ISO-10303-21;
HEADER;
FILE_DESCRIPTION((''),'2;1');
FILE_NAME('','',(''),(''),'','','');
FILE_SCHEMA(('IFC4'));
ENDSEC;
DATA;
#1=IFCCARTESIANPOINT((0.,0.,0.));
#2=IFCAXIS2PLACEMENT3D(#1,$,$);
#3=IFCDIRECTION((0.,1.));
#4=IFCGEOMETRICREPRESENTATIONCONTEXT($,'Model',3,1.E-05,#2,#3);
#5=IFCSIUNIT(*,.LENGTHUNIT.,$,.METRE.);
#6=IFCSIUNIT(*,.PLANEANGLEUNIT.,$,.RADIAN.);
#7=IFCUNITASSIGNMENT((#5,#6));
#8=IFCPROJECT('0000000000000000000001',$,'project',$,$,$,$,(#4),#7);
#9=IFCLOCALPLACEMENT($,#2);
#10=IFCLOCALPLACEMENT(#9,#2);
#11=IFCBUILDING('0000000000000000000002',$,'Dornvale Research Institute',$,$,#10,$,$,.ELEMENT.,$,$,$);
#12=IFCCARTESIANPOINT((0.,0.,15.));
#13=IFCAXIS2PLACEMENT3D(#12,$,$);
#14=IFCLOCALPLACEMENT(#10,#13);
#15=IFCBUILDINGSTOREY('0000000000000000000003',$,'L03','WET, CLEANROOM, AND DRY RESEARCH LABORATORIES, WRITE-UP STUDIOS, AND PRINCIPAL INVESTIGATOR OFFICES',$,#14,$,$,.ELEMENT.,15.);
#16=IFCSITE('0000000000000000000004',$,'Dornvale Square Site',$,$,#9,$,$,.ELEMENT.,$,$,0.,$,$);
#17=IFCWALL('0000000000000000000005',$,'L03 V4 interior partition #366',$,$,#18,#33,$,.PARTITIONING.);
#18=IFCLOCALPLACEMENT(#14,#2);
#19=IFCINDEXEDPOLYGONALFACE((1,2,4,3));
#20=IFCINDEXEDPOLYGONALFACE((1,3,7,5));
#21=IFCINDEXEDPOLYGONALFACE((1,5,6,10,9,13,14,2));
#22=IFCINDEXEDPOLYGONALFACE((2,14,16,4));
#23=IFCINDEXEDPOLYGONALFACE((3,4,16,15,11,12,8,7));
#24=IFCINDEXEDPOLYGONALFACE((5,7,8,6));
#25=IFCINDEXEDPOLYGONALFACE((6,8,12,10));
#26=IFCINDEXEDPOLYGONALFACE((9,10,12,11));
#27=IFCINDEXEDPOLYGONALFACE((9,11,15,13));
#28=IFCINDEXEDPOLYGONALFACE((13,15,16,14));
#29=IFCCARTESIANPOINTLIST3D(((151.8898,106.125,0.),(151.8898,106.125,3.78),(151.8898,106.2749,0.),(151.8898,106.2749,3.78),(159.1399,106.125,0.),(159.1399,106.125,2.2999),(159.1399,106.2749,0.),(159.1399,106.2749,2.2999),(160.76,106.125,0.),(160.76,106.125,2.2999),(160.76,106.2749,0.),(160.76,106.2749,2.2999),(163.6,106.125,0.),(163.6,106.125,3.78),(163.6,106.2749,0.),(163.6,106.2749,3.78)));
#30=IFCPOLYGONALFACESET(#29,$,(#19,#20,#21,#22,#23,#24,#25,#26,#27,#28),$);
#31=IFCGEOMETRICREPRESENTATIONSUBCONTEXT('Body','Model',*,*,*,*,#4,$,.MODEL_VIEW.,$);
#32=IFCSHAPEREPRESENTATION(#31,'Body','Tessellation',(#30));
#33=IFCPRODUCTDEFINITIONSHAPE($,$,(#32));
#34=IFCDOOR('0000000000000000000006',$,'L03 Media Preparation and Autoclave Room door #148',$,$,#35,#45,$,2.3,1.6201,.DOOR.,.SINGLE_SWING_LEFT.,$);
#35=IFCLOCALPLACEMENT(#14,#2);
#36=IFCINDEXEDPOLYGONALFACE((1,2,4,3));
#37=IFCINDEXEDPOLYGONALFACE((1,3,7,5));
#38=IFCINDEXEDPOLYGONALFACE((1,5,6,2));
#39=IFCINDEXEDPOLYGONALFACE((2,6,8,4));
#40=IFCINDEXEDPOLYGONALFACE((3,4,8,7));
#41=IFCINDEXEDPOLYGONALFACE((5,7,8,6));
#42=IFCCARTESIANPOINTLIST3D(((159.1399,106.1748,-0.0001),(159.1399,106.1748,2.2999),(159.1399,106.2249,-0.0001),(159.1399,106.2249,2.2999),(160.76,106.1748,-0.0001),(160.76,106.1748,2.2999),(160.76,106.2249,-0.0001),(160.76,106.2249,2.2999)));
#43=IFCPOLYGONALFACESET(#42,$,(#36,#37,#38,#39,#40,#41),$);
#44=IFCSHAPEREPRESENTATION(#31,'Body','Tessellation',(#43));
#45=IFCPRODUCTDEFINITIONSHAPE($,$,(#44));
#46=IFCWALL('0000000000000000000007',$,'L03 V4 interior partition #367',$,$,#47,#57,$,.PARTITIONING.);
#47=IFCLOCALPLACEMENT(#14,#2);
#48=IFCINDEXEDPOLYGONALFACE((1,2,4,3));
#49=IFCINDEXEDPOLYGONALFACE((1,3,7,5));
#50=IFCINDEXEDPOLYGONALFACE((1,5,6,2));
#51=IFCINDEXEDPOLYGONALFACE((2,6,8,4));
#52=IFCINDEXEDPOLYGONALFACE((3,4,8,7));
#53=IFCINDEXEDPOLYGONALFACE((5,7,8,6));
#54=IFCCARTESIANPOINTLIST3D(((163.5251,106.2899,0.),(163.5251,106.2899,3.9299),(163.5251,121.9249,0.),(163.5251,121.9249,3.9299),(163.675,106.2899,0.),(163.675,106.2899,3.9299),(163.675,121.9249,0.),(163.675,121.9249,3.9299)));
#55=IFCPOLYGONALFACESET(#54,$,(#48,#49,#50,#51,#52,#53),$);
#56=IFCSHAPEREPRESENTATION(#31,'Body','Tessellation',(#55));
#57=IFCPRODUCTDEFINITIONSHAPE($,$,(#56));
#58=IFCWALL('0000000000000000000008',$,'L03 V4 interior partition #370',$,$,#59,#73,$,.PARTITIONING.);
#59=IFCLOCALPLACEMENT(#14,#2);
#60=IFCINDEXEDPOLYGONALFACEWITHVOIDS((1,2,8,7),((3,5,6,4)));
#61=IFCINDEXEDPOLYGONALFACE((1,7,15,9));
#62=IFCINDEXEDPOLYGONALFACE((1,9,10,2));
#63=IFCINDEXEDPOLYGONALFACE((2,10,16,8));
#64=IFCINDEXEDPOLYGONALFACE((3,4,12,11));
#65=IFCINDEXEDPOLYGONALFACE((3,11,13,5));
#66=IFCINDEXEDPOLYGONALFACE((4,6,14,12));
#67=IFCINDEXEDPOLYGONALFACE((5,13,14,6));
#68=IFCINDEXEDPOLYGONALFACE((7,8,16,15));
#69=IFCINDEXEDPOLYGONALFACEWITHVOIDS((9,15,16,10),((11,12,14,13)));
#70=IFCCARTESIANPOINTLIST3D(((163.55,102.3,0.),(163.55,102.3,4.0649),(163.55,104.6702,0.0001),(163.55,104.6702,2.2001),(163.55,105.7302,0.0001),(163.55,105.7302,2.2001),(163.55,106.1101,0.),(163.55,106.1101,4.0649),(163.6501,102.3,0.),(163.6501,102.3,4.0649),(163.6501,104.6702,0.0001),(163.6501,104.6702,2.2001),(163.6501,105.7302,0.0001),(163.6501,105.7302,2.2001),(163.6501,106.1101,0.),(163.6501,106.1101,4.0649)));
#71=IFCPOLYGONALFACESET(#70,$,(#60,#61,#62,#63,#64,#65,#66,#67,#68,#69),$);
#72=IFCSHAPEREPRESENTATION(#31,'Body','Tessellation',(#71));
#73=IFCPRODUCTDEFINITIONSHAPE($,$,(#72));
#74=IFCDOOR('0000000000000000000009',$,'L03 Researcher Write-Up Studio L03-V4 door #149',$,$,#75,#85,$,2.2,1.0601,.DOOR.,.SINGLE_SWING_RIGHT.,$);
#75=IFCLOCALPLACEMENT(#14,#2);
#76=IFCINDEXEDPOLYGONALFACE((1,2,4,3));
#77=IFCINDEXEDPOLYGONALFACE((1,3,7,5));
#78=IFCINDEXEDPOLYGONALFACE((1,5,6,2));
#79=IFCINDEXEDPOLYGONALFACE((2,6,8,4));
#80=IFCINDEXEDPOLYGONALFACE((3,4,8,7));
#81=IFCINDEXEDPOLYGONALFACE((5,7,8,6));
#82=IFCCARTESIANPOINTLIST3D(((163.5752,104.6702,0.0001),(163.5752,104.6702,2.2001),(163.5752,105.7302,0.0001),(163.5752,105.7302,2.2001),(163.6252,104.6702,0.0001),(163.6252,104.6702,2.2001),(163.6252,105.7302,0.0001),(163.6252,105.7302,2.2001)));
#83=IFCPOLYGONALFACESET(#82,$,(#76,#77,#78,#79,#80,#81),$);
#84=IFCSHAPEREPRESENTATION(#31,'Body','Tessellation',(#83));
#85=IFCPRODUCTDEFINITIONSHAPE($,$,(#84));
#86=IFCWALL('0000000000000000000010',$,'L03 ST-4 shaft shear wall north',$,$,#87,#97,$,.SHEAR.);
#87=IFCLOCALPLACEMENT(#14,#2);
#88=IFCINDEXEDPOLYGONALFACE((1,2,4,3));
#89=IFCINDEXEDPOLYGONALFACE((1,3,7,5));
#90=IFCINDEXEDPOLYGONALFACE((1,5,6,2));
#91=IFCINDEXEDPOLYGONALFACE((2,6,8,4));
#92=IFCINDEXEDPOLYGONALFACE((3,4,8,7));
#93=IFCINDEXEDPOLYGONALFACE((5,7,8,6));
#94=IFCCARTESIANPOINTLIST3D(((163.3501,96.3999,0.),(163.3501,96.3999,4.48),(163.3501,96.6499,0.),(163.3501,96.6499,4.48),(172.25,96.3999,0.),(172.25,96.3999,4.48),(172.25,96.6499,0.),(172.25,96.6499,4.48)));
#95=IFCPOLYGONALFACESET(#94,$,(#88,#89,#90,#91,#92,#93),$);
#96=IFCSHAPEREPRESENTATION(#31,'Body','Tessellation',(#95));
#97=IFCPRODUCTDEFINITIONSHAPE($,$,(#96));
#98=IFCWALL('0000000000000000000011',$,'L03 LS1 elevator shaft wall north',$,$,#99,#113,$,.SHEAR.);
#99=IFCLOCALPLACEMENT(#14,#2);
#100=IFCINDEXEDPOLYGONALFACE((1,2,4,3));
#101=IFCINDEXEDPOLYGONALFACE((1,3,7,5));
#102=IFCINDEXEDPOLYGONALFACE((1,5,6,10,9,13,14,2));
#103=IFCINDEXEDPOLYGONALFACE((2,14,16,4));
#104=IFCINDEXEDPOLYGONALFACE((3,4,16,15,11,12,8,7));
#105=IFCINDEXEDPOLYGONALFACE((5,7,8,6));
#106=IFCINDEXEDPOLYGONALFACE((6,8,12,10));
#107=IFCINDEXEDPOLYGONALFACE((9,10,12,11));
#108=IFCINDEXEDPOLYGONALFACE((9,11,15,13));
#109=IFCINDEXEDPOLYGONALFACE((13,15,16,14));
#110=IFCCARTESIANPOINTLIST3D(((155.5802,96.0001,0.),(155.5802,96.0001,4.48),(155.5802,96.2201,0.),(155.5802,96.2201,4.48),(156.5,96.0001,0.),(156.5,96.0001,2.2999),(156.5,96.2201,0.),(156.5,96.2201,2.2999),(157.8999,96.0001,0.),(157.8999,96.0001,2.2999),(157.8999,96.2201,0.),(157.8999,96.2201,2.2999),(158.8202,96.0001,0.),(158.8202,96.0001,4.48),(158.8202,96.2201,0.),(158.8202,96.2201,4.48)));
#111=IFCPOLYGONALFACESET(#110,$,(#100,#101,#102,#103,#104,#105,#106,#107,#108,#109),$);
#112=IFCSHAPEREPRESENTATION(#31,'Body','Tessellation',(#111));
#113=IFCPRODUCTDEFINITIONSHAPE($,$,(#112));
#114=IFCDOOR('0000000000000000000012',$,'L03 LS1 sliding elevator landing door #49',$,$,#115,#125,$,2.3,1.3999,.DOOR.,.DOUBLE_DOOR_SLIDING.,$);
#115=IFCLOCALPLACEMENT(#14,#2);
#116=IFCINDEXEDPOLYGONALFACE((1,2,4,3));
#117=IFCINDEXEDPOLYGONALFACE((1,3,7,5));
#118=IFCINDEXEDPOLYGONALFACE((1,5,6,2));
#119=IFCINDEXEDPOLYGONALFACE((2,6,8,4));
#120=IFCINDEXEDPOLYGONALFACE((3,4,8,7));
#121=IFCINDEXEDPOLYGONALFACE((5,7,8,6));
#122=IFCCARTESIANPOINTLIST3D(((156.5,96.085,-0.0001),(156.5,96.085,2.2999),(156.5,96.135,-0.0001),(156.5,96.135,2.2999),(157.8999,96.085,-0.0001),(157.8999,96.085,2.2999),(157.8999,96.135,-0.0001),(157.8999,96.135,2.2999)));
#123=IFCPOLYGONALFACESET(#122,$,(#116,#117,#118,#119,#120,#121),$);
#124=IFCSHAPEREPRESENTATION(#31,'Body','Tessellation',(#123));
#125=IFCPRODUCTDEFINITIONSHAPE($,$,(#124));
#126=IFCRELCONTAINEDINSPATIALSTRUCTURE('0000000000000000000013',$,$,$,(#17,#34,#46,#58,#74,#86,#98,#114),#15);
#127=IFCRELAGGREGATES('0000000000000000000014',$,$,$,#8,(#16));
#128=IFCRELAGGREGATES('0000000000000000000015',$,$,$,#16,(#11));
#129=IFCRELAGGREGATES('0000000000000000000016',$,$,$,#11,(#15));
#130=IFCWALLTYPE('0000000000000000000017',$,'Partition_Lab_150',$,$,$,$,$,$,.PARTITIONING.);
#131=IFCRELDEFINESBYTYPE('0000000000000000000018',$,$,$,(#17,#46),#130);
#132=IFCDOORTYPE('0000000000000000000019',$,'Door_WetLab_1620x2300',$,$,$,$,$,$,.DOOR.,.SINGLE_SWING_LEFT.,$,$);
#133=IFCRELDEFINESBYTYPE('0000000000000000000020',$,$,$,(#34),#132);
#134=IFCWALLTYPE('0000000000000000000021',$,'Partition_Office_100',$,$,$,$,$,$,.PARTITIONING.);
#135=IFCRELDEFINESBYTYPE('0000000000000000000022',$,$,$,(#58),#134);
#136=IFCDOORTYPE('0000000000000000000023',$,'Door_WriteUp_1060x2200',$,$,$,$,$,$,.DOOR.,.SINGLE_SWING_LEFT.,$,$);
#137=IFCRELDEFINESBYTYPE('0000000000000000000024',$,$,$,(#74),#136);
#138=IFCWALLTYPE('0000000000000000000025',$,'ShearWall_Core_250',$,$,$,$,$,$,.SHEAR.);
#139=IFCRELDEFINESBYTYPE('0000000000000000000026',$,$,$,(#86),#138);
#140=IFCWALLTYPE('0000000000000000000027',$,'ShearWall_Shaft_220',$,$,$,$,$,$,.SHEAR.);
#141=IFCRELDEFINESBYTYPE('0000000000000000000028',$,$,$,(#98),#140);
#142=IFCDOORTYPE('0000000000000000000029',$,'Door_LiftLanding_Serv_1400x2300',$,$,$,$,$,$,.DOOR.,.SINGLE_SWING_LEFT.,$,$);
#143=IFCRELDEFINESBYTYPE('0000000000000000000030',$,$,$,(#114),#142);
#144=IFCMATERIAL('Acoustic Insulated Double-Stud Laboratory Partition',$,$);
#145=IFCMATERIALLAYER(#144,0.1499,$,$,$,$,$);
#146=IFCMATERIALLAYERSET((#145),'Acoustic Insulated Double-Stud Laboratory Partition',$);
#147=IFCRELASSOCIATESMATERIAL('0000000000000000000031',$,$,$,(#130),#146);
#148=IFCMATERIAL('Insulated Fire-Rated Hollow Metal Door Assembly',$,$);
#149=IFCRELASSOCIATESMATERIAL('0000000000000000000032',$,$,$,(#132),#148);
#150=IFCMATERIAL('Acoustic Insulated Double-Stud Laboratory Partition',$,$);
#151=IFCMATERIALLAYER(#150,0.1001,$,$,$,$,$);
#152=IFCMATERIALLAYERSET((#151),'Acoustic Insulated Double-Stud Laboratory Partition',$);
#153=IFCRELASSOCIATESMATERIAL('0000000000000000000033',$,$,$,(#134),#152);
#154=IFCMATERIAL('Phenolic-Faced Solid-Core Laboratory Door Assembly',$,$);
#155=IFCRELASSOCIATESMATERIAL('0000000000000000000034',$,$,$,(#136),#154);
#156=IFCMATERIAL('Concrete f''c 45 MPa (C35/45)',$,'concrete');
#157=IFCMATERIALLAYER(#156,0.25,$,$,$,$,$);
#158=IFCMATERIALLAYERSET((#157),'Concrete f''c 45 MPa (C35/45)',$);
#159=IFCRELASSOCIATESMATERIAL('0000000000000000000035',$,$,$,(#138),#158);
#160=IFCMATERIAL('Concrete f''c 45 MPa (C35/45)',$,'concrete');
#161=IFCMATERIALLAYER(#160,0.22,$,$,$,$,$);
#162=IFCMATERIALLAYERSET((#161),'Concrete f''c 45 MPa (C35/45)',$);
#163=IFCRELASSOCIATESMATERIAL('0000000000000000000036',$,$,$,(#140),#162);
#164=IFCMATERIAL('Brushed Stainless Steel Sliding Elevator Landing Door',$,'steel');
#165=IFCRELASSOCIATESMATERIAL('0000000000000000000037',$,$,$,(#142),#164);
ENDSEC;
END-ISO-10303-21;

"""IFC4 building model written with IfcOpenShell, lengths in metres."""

from ifc_helpers import new_model, si_unit, direction, frame, frame_2d, origin, place, context, subcontext, project, spatial, rectangle, extrude, material, layer, layer_set, type_object, element, fill, save


model = new_model("IFC4")

# Units and contexts
model_context = context("Model", 3, precision=1e-05, world=origin(), true_north=direction((0.0, 1.0)))
body_context = subcontext(model_context, "Body", "Model", "MODEL_VIEW")
ifc_project = project(units=[si_unit("LENGTHUNIT", "METRE"), si_unit("PLANEANGLEUNIT", "RADIAN")], contexts=[model_context])

# Site, building, storey
site_placement = place(None, origin())
site = spatial("IfcSite", under=ifc_project, at=site_placement, Name="Dornvale Square Site", CompositionType="ELEMENT", RefElevation=0.0)
building_placement = place(site_placement, origin())
building = spatial("IfcBuilding", under=site, at=building_placement, Name="Dornvale Research Institute", CompositionType="ELEMENT")
storey_placement = place(building_placement, frame((0.0, 0.0, 15.0)))
storey = spatial("IfcBuildingStorey", under=building, at=storey_placement, Name="L03", Description="WET, CLEANROOM, AND DRY RESEARCH LABORATORIES, WRITE-UP STUDIOS, AND PRINCIPAL INVESTIGATOR OFFICES", CompositionType="ELEMENT", Elevation=15.0)

# Shared definitions
ifc_material_1 = material(Name="Acoustic Insulated Double-Stud Laboratory Partition")
ifc_layer_1 = layer(ifc_material_1, 0.1499)
ifc_layer_set_1 = layer_set([ifc_layer_1], Name="Acoustic Insulated Double-Stud Laboratory Partition")
wall_type_1 = type_object("IfcWallType", Name="Partition_Lab_150", PredefinedType="PARTITIONING", material=ifc_layer_set_1)

# Wall, opening, door
wall_1_placement = place(storey_placement, frame((151.8899, 106.2, 0.0), z_axis=(0.0, 0.0, 1.0), x_axis=(1.0, 0.0, 0.0)))
wall_1 = element("IfcWall", 1, at=wall_1_placement, inside=storey, type_object=wall_type_1, Name="L03 V4 interior partition #366", PredefinedType="PARTITIONING", context=body_context, shape_type="SweptSolid", body=[
    extrude(rectangle(XDim=11.7102, YDim=0.1499, at=frame_2d((5.855, 0.0))), origin(), (0.0, 0.0, 1.0), 3.78),
])
opening_1_placement = place(wall_1_placement, frame((7.25, 0.0, 0.0)))
opening_1 = element("IfcOpeningElement", 2, at=opening_1_placement, cuts=wall_1, PredefinedType="OPENING", context=body_context, shape_type="SweptSolid", body=[
    extrude(rectangle(XDim=1.6201, YDim=2.3, at=frame_2d((0.8101, 1.1499))), frame((0.0, 0.0898, 0.0), z_axis=(0.0, -1.0, 0.0), x_axis=(1.0, 0.0, 0.0)), (0.0, 0.0, 1.0), 0.1799),
])
ifc_material_2 = material(Name="Insulated Fire-Rated Hollow Metal Door Assembly")
door_type_1 = type_object("IfcDoorType", Name="Door_WetLab_1620x2300", OperationType="SINGLE_SWING_LEFT", PredefinedType="DOOR", material=ifc_material_2)
door_1_placement = place(opening_1_placement, origin())
door_1 = element("IfcDoor", 3, at=door_1_placement, inside=storey, type_object=door_type_1, Name="L03 Media Preparation and Autoclave Room door #148", OperationType="SINGLE_SWING_LEFT", OverallHeight=2.3, OverallWidth=1.6201, PredefinedType="DOOR", context=body_context, shape_type="SweptSolid", body=[
    extrude(rectangle(XDim=1.6201, YDim=2.3, at=frame_2d((0.8101, 1.1499))), frame((0.0, 0.0249, 0.0), z_axis=(0.0, -1.0, 0.0), x_axis=(1.0, 0.0, 0.0)), (0.0, 0.0, 1.0), 0.05),
])
fill(opening_1, door_1)

# Wall
wall_2_placement = place(storey_placement, frame((163.6001, 106.29, 0.0), z_axis=(0.0, 0.0, 1.0), x_axis=(0.0, 1.0, 0.0)))
element("IfcWall", 4, at=wall_2_placement, inside=storey, type_object=wall_type_1, Name="L03 V4 interior partition #367", PredefinedType="PARTITIONING", context=body_context, shape_type="SweptSolid", body=[
    extrude(rectangle(XDim=15.635, YDim=0.1499, at=frame_2d((7.8174, 0.0))), origin(), (0.0, 0.0, 1.0), 3.9299),
])

# Wall, opening, door
ifc_material_3 = material(Name="Acoustic Insulated Double-Stud Laboratory Partition")
ifc_layer_2 = layer(ifc_material_3, 0.1001)
ifc_layer_set_2 = layer_set([ifc_layer_2], Name="Acoustic Insulated Double-Stud Laboratory Partition")
wall_type_2 = type_object("IfcWallType", Name="Partition_Office_100", PredefinedType="PARTITIONING", material=ifc_layer_set_2)
wall_3_placement = place(storey_placement, frame((163.6001, 102.3, 0.0), z_axis=(0.0, 0.0, 1.0), x_axis=(0.0, 1.0, 0.0)))
wall_3 = element("IfcWall", 5, at=wall_3_placement, inside=storey, type_object=wall_type_2, Name="L03 V4 interior partition #370", PredefinedType="PARTITIONING", context=body_context, shape_type="SweptSolid", body=[
    extrude(rectangle(XDim=3.8101, YDim=0.1001, at=frame_2d((1.905, 0.0))), origin(), (0.0, 0.0, 1.0), 4.0649),
])
opening_2_placement = place(wall_3_placement, frame((2.3701, 0.0, 0.0)))
opening_2 = element("IfcOpeningElement", 6, at=opening_2_placement, cuts=wall_3, PredefinedType="OPENING", context=body_context, shape_type="SweptSolid", body=[
    extrude(rectangle(XDim=1.0601, YDim=2.2, at=frame_2d((0.53, 1.1001))), frame((0.0, 0.0649, 0.0), z_axis=(0.0, -1.0, 0.0), x_axis=(1.0, 0.0, 0.0)), (0.0, 0.0, 1.0), 0.1301),
])
ifc_material_4 = material(Name="Phenolic-Faced Solid-Core Laboratory Door Assembly")
door_type_2 = type_object("IfcDoorType", Name="Door_WriteUp_1060x2200", OperationType="SINGLE_SWING_LEFT", PredefinedType="DOOR", material=ifc_material_4)
door_2_placement = place(opening_2_placement, origin())
door_2 = element("IfcDoor", 7, at=door_2_placement, inside=storey, type_object=door_type_2, Name="L03 Researcher Write-Up Studio L03-V4 door #149", OperationType="SINGLE_SWING_RIGHT", OverallHeight=2.2, OverallWidth=1.0601, PredefinedType="DOOR", context=body_context, shape_type="SweptSolid", body=[
    extrude(rectangle(XDim=1.0601, YDim=2.2, at=frame_2d((0.53, 1.1001))), frame((0.0, 0.0249, 0.0), z_axis=(0.0, -1.0, 0.0), x_axis=(1.0, 0.0, 0.0)), (0.0, 0.0, 1.0), 0.05),
])
fill(opening_2, door_2)

# Wall
ifc_material_5 = material(Name="Concrete f'c 45 MPa (C35/45)", Category="concrete")
ifc_layer_3 = layer(ifc_material_5, 0.25)
ifc_layer_set_3 = layer_set([ifc_layer_3], Name="Concrete f'c 45 MPa (C35/45)")
wall_type_3 = type_object("IfcWallType", Name="ShearWall_Core_250", PredefinedType="SHEAR", material=ifc_layer_set_3)
wall_4_placement = place(storey_placement, frame((163.3501, 96.5249, 0.0), z_axis=(0.0, 0.0, 1.0), x_axis=(1.0, 0.0, 0.0)))
element("IfcWall", 8, at=wall_4_placement, inside=storey, type_object=wall_type_3, Name="L03 ST-4 shaft shear wall north", PredefinedType="SHEAR", context=body_context, shape_type="SweptSolid", body=[
    extrude(rectangle(XDim=8.8999, YDim=0.25, at=frame_2d((4.45, 0.0))), origin(), (0.0, 0.0, 1.0), 4.48),
])

# Wall, opening, door
ifc_material_6 = material(Name="Concrete f'c 45 MPa (C35/45)", Category="concrete")
ifc_layer_4 = layer(ifc_material_6, 0.22)
ifc_layer_set_4 = layer_set([ifc_layer_4], Name="Concrete f'c 45 MPa (C35/45)")
wall_type_4 = type_object("IfcWallType", Name="ShearWall_Shaft_220", PredefinedType="SHEAR", material=ifc_layer_set_4)
wall_5_placement = place(storey_placement, frame((155.5801, 96.1101, 0.0), z_axis=(0.0, 0.0, 1.0), x_axis=(1.0, 0.0, 0.0)))
wall_5 = element("IfcWall", 9, at=wall_5_placement, inside=storey, type_object=wall_type_4, Name="L03 LS1 elevator shaft wall north", PredefinedType="SHEAR", context=body_context, shape_type="SweptSolid", body=[
    extrude(rectangle(XDim=3.24, YDim=0.22, at=frame_2d((1.6201, 0.0))), origin(), (0.0, 0.0, 1.0), 4.48),
])
opening_3_placement = place(wall_5_placement, frame((0.9199, 0.0, 0.0)))
opening_3 = element("IfcOpeningElement", 10, at=opening_3_placement, cuts=wall_5, PredefinedType="OPENING", context=body_context, shape_type="SweptSolid", body=[
    extrude(rectangle(XDim=1.3999, YDim=2.3, at=frame_2d((0.7, 1.1499))), frame((0.0, 0.125, 0.0), z_axis=(0.0, -1.0, 0.0), x_axis=(1.0, 0.0, 0.0)), (0.0, 0.0, 1.0), 0.25),
])
ifc_material_7 = material(Name="Brushed Stainless Steel Sliding Elevator Landing Door", Category="steel")
door_type_3 = type_object("IfcDoorType", Name="Door_LiftLanding_Serv_1400x2300", OperationType="SINGLE_SWING_LEFT", PredefinedType="DOOR", material=ifc_material_7)
door_3_placement = place(opening_3_placement, origin())
door_3 = element("IfcDoor", 11, at=door_3_placement, inside=storey, type_object=door_type_3, Name="L03 LS1 sliding elevator landing door #49", OperationType="DOUBLE_DOOR_SLIDING", OverallHeight=2.3, OverallWidth=1.3999, PredefinedType="DOOR", context=body_context, shape_type="SweptSolid", body=[
    extrude(rectangle(XDim=1.3999, YDim=2.3, at=frame_2d((0.7, 1.1499))), frame((0.0, 0.0249, 0.0), z_axis=(0.0, -1.0, 0.0), x_axis=(1.0, 0.0, 0.0)), (0.0, 0.0, 1.0), 0.05),
])
fill(opening_3, door_3)

save(model, "model.ifc")
